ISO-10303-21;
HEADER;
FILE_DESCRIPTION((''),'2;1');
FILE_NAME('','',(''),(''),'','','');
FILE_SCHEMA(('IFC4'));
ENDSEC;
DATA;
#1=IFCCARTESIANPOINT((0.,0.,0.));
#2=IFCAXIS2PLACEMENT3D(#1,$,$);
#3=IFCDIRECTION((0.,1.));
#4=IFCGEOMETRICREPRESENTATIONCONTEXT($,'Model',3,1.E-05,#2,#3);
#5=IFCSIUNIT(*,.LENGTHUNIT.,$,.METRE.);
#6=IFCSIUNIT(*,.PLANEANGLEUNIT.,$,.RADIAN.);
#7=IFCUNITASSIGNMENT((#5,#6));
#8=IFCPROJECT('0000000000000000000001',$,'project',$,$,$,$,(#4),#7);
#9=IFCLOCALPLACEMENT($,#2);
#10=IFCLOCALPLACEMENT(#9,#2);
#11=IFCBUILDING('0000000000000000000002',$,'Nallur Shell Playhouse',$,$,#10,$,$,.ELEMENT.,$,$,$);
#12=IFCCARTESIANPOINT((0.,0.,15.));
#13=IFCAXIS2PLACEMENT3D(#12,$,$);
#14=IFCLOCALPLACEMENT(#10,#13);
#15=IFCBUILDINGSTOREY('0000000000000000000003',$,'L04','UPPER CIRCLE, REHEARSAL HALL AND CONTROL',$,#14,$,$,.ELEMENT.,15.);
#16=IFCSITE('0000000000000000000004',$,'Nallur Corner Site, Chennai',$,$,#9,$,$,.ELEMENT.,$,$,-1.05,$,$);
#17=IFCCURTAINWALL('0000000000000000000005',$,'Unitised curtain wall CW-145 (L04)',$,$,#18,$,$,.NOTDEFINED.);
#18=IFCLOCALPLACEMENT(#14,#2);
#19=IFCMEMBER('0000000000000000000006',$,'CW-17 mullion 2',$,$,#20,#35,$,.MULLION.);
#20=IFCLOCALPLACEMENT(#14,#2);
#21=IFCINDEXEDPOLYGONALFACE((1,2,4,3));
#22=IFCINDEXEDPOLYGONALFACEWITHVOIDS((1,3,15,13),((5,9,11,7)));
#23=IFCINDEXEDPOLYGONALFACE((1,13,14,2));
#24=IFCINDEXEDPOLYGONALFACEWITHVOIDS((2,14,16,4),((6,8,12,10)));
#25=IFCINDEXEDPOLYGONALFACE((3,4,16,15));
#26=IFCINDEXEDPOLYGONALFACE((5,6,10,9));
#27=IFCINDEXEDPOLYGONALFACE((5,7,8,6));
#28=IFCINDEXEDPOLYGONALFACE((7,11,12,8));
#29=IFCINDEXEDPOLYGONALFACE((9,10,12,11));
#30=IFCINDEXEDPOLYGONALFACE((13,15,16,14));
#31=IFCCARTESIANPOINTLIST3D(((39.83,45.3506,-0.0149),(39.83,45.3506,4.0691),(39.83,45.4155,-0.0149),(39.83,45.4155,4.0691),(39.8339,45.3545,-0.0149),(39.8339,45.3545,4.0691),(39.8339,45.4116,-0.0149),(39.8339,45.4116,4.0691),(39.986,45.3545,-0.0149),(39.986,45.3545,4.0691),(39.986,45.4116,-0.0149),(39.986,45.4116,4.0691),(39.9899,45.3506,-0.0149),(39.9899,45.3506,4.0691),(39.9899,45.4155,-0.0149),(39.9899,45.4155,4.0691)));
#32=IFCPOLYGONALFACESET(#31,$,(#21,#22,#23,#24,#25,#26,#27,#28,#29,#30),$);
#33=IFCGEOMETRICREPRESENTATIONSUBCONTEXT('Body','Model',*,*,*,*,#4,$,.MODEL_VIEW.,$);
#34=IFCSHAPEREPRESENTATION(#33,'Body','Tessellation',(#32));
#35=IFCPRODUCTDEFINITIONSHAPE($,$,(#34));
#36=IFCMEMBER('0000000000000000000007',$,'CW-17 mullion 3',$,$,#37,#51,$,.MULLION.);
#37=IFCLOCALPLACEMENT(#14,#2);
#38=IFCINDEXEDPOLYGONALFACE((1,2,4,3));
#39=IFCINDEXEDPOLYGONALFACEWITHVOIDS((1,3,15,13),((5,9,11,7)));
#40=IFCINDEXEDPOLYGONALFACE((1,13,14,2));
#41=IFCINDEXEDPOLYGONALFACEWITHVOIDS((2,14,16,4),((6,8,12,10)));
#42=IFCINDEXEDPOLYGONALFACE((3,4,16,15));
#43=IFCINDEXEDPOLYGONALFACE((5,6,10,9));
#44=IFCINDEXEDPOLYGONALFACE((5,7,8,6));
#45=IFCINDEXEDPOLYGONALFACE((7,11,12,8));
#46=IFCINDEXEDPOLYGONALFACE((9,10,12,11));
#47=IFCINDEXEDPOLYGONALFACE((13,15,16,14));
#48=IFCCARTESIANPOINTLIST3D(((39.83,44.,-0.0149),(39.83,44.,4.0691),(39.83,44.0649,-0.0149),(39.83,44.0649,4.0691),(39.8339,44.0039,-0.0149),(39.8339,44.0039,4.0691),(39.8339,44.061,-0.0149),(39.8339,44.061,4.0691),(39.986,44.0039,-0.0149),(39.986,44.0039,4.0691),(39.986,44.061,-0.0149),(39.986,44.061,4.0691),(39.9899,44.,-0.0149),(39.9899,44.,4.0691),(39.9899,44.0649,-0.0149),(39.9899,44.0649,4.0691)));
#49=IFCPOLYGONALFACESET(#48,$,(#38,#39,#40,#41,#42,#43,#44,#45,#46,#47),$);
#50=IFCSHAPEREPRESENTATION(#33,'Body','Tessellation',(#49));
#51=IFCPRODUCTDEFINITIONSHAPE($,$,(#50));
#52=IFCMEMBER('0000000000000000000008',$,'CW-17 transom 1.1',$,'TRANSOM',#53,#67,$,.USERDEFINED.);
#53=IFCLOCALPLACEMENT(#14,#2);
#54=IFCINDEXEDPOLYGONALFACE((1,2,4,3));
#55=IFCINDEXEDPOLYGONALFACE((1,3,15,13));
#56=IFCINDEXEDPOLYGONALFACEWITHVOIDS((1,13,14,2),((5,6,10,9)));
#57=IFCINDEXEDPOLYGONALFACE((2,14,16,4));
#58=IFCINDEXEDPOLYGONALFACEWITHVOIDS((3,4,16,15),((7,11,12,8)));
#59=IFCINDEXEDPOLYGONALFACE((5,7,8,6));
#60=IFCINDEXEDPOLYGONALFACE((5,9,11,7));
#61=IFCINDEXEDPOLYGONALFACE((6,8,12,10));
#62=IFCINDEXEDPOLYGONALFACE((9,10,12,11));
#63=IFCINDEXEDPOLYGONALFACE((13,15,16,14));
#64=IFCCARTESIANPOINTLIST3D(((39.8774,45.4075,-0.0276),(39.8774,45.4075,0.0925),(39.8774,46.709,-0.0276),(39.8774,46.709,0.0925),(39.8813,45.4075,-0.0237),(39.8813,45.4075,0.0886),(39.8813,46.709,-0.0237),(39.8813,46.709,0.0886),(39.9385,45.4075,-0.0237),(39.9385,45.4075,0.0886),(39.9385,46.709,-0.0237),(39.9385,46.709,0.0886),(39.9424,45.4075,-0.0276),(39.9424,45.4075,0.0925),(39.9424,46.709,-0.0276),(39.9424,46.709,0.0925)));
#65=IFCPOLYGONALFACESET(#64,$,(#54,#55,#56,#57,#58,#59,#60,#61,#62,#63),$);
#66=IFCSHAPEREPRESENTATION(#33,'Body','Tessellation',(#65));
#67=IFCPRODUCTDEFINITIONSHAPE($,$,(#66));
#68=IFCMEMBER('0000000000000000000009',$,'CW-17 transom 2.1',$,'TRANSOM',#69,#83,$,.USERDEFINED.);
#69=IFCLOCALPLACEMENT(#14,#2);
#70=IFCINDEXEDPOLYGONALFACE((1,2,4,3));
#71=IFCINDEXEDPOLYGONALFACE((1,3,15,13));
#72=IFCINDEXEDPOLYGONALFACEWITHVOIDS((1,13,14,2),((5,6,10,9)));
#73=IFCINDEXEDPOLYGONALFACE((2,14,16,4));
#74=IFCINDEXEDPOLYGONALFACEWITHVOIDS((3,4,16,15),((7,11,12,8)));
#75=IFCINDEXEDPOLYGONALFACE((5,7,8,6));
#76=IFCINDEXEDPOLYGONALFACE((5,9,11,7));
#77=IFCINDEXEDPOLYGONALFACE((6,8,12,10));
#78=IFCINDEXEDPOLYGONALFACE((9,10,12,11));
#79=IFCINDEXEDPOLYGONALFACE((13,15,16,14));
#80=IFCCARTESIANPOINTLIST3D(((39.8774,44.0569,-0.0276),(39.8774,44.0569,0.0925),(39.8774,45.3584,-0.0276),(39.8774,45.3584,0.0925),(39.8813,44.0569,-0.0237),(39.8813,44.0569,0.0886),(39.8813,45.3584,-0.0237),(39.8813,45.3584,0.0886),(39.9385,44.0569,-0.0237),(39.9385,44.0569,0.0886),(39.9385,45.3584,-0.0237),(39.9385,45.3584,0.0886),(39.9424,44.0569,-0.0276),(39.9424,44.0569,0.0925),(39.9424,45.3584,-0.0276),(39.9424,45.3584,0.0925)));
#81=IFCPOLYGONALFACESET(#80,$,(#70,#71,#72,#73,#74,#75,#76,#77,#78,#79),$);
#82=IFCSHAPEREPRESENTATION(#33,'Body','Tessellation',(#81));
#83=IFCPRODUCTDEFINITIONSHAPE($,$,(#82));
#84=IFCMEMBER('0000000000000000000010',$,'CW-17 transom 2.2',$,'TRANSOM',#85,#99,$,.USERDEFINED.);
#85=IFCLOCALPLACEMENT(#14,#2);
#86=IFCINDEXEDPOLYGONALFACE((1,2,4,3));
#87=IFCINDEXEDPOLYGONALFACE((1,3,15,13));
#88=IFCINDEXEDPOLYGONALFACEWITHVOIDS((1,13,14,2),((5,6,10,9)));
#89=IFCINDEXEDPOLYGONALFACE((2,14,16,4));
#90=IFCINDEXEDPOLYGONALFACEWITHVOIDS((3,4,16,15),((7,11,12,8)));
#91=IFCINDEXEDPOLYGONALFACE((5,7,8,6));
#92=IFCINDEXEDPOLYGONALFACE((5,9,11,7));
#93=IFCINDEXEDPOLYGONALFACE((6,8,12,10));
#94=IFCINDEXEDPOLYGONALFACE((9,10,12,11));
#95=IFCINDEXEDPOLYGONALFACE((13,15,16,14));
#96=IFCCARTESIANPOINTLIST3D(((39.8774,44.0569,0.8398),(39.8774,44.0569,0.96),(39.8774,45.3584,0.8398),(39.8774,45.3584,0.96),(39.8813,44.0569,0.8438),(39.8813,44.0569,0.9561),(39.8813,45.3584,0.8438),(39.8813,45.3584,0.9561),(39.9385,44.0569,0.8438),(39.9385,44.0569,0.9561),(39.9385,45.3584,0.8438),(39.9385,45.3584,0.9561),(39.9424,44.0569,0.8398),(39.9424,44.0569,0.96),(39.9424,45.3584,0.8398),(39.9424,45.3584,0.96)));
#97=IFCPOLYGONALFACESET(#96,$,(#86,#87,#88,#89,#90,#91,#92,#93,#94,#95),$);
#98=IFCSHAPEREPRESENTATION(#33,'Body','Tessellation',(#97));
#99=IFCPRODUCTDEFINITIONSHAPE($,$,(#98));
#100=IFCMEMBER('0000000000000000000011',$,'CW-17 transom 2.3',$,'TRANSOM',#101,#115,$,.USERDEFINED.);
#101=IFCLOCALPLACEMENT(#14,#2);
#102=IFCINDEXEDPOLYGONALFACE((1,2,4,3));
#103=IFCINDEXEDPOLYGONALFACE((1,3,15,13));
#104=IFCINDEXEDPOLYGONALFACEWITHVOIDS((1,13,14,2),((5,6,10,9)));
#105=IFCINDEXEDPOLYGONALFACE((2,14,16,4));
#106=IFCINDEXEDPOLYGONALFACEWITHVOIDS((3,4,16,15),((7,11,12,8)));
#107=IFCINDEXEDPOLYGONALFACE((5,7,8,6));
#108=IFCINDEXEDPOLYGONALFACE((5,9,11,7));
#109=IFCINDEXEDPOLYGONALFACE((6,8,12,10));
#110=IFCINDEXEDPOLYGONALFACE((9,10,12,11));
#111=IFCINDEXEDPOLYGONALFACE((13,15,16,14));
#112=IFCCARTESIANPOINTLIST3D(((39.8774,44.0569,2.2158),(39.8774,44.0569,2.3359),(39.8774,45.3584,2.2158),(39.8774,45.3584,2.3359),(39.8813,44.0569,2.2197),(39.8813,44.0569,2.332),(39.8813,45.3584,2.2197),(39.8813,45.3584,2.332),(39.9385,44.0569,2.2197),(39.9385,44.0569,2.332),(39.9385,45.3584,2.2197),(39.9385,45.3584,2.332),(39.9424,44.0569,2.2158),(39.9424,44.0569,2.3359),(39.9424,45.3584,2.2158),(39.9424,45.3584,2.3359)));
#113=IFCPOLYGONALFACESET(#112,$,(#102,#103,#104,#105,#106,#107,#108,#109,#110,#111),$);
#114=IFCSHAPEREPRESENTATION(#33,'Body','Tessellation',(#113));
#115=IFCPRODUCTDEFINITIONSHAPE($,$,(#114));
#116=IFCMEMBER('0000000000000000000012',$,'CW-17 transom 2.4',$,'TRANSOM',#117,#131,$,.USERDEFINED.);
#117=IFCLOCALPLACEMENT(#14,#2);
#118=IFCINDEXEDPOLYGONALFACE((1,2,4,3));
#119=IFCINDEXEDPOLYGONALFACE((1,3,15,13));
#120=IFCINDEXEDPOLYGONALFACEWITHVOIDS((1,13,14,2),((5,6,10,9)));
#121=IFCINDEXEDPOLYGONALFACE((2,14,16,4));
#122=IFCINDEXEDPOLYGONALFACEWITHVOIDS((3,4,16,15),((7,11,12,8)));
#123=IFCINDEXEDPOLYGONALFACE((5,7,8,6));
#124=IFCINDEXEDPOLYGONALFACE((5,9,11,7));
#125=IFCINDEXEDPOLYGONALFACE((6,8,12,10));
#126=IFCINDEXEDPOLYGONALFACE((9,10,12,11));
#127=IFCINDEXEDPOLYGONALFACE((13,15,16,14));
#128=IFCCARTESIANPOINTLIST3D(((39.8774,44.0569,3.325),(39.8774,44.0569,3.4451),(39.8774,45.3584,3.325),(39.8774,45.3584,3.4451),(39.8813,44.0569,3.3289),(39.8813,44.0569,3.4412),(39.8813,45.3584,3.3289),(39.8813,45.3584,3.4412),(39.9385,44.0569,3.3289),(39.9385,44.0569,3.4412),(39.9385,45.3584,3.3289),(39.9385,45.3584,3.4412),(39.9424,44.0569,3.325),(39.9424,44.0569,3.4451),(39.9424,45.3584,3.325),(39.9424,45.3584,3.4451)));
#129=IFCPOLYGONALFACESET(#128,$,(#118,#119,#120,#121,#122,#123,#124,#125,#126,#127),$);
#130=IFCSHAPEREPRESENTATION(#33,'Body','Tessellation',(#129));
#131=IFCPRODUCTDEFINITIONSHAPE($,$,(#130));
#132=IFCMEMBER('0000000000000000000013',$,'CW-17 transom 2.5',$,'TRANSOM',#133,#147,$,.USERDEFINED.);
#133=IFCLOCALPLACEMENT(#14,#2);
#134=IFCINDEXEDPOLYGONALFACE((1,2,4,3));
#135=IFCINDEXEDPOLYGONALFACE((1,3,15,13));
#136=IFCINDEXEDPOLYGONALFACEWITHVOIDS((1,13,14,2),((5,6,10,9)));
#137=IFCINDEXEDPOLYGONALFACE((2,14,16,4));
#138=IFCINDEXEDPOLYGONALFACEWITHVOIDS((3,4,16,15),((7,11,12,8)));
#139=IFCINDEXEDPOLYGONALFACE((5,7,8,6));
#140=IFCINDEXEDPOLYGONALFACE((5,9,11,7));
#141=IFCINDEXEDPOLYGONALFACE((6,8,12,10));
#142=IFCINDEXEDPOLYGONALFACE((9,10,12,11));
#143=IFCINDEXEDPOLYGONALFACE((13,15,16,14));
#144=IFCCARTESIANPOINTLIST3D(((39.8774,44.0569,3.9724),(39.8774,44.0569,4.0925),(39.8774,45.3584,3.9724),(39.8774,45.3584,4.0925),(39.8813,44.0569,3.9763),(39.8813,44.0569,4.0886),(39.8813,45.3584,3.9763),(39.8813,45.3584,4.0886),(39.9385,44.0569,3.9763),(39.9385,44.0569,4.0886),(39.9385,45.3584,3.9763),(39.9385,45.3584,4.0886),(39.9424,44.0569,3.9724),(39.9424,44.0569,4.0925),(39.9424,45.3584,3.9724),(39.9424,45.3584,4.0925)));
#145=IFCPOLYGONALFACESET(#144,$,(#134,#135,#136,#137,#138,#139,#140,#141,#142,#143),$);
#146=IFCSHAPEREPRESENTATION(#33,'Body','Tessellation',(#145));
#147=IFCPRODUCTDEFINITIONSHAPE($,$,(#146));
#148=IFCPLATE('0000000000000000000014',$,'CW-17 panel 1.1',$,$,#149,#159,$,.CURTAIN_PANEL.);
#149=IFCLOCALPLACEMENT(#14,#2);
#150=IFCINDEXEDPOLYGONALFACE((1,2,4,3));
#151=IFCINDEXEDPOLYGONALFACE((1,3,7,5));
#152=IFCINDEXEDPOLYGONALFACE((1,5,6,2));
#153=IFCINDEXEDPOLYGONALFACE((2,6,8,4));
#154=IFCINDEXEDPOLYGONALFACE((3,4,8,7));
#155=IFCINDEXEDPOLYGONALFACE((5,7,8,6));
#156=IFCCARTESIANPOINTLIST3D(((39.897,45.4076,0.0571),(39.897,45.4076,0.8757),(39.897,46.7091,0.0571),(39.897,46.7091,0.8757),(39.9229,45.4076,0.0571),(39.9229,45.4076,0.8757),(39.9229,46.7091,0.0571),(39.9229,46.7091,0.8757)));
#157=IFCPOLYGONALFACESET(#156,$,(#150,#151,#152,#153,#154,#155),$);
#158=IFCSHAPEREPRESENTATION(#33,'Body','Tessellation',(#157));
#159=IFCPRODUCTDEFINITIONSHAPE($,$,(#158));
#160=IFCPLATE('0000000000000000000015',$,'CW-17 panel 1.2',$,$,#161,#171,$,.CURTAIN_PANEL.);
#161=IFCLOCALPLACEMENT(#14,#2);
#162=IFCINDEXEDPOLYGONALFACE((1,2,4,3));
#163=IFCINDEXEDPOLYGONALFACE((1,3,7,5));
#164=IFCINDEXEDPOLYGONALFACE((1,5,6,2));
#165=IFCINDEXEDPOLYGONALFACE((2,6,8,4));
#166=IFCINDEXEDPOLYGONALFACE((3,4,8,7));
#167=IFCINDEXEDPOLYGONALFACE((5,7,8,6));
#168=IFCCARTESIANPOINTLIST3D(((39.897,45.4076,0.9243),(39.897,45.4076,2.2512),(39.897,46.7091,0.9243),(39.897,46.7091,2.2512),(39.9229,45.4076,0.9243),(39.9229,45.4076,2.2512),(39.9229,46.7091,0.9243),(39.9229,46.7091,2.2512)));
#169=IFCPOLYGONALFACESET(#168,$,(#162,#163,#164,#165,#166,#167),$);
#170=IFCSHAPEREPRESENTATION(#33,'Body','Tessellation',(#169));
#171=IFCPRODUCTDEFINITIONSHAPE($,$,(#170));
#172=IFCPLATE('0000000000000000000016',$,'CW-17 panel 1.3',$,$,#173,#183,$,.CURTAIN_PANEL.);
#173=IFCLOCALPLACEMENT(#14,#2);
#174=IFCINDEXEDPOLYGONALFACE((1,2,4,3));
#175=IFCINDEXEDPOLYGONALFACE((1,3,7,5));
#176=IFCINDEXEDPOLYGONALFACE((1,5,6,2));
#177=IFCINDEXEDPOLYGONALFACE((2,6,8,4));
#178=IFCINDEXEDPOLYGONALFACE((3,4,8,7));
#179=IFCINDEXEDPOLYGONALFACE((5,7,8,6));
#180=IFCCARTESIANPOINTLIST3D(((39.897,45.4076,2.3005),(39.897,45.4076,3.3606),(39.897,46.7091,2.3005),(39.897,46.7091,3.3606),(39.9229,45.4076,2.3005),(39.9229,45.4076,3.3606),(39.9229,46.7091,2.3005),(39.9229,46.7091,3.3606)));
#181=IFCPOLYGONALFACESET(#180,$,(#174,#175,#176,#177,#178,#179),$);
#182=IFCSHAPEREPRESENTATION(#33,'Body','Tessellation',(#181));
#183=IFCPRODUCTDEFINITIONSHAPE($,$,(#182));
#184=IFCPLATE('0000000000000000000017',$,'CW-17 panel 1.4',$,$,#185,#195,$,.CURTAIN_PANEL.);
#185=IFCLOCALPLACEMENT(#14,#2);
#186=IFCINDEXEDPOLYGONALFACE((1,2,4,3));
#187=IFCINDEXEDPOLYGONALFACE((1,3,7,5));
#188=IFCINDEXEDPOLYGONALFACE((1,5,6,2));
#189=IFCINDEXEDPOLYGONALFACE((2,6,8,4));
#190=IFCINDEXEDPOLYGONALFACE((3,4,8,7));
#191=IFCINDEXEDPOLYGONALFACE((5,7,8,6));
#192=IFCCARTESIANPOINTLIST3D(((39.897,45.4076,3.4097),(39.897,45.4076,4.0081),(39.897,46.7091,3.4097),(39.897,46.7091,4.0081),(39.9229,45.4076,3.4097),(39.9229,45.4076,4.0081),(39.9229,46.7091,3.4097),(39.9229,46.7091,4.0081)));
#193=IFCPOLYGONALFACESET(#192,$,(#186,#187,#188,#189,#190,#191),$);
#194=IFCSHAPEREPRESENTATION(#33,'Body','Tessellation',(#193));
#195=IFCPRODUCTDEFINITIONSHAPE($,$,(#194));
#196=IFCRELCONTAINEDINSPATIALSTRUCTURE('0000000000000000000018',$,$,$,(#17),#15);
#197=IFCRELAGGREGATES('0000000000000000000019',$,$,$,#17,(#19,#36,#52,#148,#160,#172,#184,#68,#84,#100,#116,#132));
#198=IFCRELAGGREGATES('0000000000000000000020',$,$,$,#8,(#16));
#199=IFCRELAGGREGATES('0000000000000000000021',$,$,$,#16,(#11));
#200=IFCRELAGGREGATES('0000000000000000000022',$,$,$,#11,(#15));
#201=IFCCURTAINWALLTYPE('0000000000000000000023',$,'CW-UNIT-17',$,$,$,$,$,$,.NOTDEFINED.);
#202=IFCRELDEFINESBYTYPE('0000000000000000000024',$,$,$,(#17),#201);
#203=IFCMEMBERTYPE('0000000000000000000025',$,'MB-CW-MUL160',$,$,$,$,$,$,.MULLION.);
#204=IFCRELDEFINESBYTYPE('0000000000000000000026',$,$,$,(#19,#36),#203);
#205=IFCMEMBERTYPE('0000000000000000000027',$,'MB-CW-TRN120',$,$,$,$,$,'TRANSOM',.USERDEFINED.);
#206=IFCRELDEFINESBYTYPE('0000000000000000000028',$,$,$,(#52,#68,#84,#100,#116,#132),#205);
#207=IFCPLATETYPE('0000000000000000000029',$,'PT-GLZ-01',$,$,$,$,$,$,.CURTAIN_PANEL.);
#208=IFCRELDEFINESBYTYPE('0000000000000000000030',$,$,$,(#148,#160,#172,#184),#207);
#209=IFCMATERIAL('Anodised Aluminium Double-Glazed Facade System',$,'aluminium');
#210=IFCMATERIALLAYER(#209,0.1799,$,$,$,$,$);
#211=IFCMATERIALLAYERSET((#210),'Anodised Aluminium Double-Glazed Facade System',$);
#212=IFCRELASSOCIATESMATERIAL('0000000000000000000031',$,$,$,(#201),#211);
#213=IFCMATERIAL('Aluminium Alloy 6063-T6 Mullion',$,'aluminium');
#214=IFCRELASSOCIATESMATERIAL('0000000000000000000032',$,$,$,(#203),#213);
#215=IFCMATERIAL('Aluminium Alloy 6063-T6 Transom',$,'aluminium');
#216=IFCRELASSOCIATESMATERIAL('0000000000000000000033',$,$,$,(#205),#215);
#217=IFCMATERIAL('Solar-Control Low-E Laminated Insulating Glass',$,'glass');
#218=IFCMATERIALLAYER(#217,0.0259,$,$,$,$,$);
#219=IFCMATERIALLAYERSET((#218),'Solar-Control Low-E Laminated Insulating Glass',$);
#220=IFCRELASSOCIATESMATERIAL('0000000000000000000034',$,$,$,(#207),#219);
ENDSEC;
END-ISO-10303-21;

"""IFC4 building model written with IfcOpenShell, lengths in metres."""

from ifc_helpers import new_model, si_unit, direction, frame, origin, origin_2d, place, context, subcontext, project, spatial, rectangle, hollow_rectangle, extrude, material, layer, layer_set, material_profile, profile_set, type_object, element, aggregate, save


model = new_model("IFC4")

# Units and contexts
model_context = context("Model", 3, precision=1e-05, world=origin(), true_north=direction((0.0, 1.0)))
body_context = subcontext(model_context, "Body", "Model", "MODEL_VIEW")
ifc_project = project(units=[si_unit("LENGTHUNIT", "METRE"), si_unit("PLANEANGLEUNIT", "RADIAN")], contexts=[model_context])

# Site, building, storey
site_placement = place(None, origin())
site = spatial("IfcSite", under=ifc_project, at=site_placement, Name="Nallur Corner Site, Chennai", CompositionType="ELEMENT", RefElevation=-1.05)
building_placement = place(site_placement, origin())
building = spatial("IfcBuilding", under=site, at=building_placement, Name="Nallur Shell Playhouse", CompositionType="ELEMENT")
storey_placement = place(building_placement, frame((0.0, 0.0, 15.0)))
storey = spatial("IfcBuildingStorey", under=building, at=storey_placement, Name="L04", Description="UPPER CIRCLE, REHEARSAL HALL AND CONTROL", CompositionType="ELEMENT", Elevation=15.0)

# Curtain wall, members, plates
ifc_material_1 = material(Name="Anodised Aluminium Double-Glazed Facade System", Category="aluminium")
ifc_layer_1 = layer(ifc_material_1, 0.1799)
ifc_layer_set_1 = layer_set([ifc_layer_1], Name="Anodised Aluminium Double-Glazed Facade System")
curtain_wall_type = type_object("IfcCurtainWallType", Name="CW-UNIT-17", PredefinedType="NOTDEFINED", material=ifc_layer_set_1)
curtain_wall_placement = place(storey_placement, origin())
curtain_wall = element("IfcCurtainWall", 1, at=curtain_wall_placement, inside=storey, type_object=curtain_wall_type, Name="Unitised curtain wall CW-145 (L04)", PredefinedType="NOTDEFINED")
ifc_material_2 = material(Name="Aluminium Alloy 6063-T6 Mullion", Category="aluminium")
ifc_material_profile_1 = material_profile(ifc_material_2, hollow_rectangle(XDim=0.0649, YDim=0.1599, WallThickness=0.0039, at=origin_2d()), Name="ALU 65x160x4")
ifc_profile_set_1 = profile_set([ifc_material_profile_1], Name="Aluminium Alloy 6063-T6 Mullion")
member_type_1 = type_object("IfcMemberType", Name="MB-CW-MUL160", PredefinedType="MULLION", material=ifc_profile_set_1)
member_1_placement = place(storey_placement, frame((39.9099, 45.3831, -0.0149), z_axis=(0.0, 0.0, 1.0), x_axis=(0.0, -1.0, 0.0)))
member_1 = element("IfcMember", 2, at=member_1_placement, type_object=member_type_1, Name="CW-17 mullion 2", PredefinedType="MULLION", context=body_context, shape_type="SweptSolid", body=[
    extrude(hollow_rectangle(XDim=0.0649, YDim=0.1599, WallThickness=0.0039, at=origin_2d()), origin(), (0.0, 0.0, 1.0), 4.084),
])
member_2_placement = place(storey_placement, frame((39.9099, 44.0325, -0.0149), z_axis=(0.0, 0.0, 1.0), x_axis=(0.0, -1.0, 0.0)))
member_2 = element("IfcMember", 3, at=member_2_placement, type_object=member_type_1, Name="CW-17 mullion 3", PredefinedType="MULLION", context=body_context, shape_type="SweptSolid", body=[
    extrude(hollow_rectangle(XDim=0.0649, YDim=0.1599, WallThickness=0.0039, at=origin_2d()), origin(), (0.0, 0.0, 1.0), 4.084),
])
ifc_material_3 = material(Name="Aluminium Alloy 6063-T6 Transom", Category="aluminium")
ifc_material_profile_2 = material_profile(ifc_material_3, hollow_rectangle(XDim=0.0649, YDim=0.1201, WallThickness=0.0039, at=origin_2d()), Name="ALU 65x120x4")
ifc_profile_set_2 = profile_set([ifc_material_profile_2], Name="Aluminium Alloy 6063-T6 Transom")
member_type_2 = type_object("IfcMemberType", Name="MB-CW-TRN120", ElementType="TRANSOM", PredefinedType="USERDEFINED", material=ifc_profile_set_2)
member_3_placement = place(storey_placement, frame((39.9099, 46.709, 0.0325), z_axis=(0.0, -1.0, 0.0), x_axis=(1.0, 0.0, 0.0)))
member_3 = element("IfcMember", 4, at=member_3_placement, type_object=member_type_2, Name="CW-17 transom 1.1", ObjectType="TRANSOM", PredefinedType="USERDEFINED", context=body_context, shape_type="SweptSolid", body=[
    extrude(hollow_rectangle(XDim=0.0649, YDim=0.1201, WallThickness=0.0039, at=origin_2d()), origin(), (0.0, 0.0, 1.0), 1.3015),
])
member_4_placement = place(storey_placement, frame((39.9099, 45.3584, 0.0325), z_axis=(0.0, -1.0, 0.0), x_axis=(1.0, 0.0, 0.0)))
member_4 = element("IfcMember", 5, at=member_4_placement, type_object=member_type_2, Name="CW-17 transom 2.1", ObjectType="TRANSOM", PredefinedType="USERDEFINED", context=body_context, shape_type="SweptSolid", body=[
    extrude(hollow_rectangle(XDim=0.0649, YDim=0.1201, WallThickness=0.0039, at=origin_2d()), origin(), (0.0, 0.0, 1.0), 1.3015),
])
member_5_placement = place(storey_placement, frame((39.9099, 45.3584, 0.8999), z_axis=(0.0, -1.0, 0.0), x_axis=(1.0, 0.0, 0.0)))
member_5 = element("IfcMember", 6, at=member_5_placement, type_object=member_type_2, Name="CW-17 transom 2.2", ObjectType="TRANSOM", PredefinedType="USERDEFINED", context=body_context, shape_type="SweptSolid", body=[
    extrude(hollow_rectangle(XDim=0.0649, YDim=0.1201, WallThickness=0.0039, at=origin_2d()), origin(), (0.0, 0.0, 1.0), 1.3015),
])
member_6_placement = place(storey_placement, frame((39.9099, 45.3584, 2.2759), z_axis=(0.0, -1.0, 0.0), x_axis=(1.0, 0.0, 0.0)))
member_6 = element("IfcMember", 7, at=member_6_placement, type_object=member_type_2, Name="CW-17 transom 2.3", ObjectType="TRANSOM", PredefinedType="USERDEFINED", context=body_context, shape_type="SweptSolid", body=[
    extrude(hollow_rectangle(XDim=0.0649, YDim=0.1201, WallThickness=0.0039, at=origin_2d()), origin(), (0.0, 0.0, 1.0), 1.3015),
])
member_7_placement = place(storey_placement, frame((39.9099, 45.3584, 3.385), z_axis=(0.0, -1.0, 0.0), x_axis=(1.0, 0.0, 0.0)))
member_7 = element("IfcMember", 8, at=member_7_placement, type_object=member_type_2, Name="CW-17 transom 2.4", ObjectType="TRANSOM", PredefinedType="USERDEFINED", context=body_context, shape_type="SweptSolid", body=[
    extrude(hollow_rectangle(XDim=0.0649, YDim=0.1201, WallThickness=0.0039, at=origin_2d()), origin(), (0.0, 0.0, 1.0), 1.3015),
])
member_8_placement = place(storey_placement, frame((39.9099, 45.3584, 4.0325), z_axis=(0.0, -1.0, 0.0), x_axis=(1.0, 0.0, 0.0)))
member_8 = element("IfcMember", 9, at=member_8_placement, type_object=member_type_2, Name="CW-17 transom 2.5", ObjectType="TRANSOM", PredefinedType="USERDEFINED", context=body_context, shape_type="SweptSolid", body=[
    extrude(hollow_rectangle(XDim=0.0649, YDim=0.1201, WallThickness=0.0039, at=origin_2d()), origin(), (0.0, 0.0, 1.0), 1.3015),
])
ifc_material_4 = material(Name="Solar-Control Low-E Laminated Insulating Glass", Category="glass")
ifc_layer_2 = layer(ifc_material_4, 0.0259)
ifc_layer_set_2 = layer_set([ifc_layer_2], Name="Solar-Control Low-E Laminated Insulating Glass")
plate_type = type_object("IfcPlateType", Name="PT-GLZ-01", PredefinedType="CURTAIN_PANEL", material=ifc_layer_set_2)
plate_1_placement = place(storey_placement, frame((39.9099, 46.0583, 0.0571), z_axis=(0.0, 0.0, 1.0), x_axis=(0.0, -1.0, 0.0)))
plate_1 = element("IfcPlate", 10, at=plate_1_placement, type_object=plate_type, Name="CW-17 panel 1.1", PredefinedType="CURTAIN_PANEL", context=body_context, shape_type="SweptSolid", body=[
    extrude(rectangle(XDim=1.3015, YDim=0.0259, at=origin_2d()), origin(), (0.0, 0.0, 1.0), 0.8186),
])
plate_2_placement = place(storey_placement, frame((39.9099, 46.0583, 0.9243), z_axis=(0.0, 0.0, 1.0), x_axis=(0.0, -1.0, 0.0)))
plate_2 = element("IfcPlate", 11, at=plate_2_placement, type_object=plate_type, Name="CW-17 panel 1.2", PredefinedType="CURTAIN_PANEL", context=body_context, shape_type="SweptSolid", body=[
    extrude(rectangle(XDim=1.3015, YDim=0.0259, at=origin_2d()), origin(), (0.0, 0.0, 1.0), 1.3269),
])
plate_3_placement = place(storey_placement, frame((39.9099, 46.0583, 2.3005), z_axis=(0.0, 0.0, 1.0), x_axis=(0.0, -1.0, 0.0)))
plate_3 = element("IfcPlate", 12, at=plate_3_placement, type_object=plate_type, Name="CW-17 panel 1.3", PredefinedType="CURTAIN_PANEL", context=body_context, shape_type="SweptSolid", body=[
    extrude(rectangle(XDim=1.3015, YDim=0.0259, at=origin_2d()), origin(), (0.0, 0.0, 1.0), 1.0601),
])
plate_4_placement = place(storey_placement, frame((39.9099, 46.0583, 3.4097), z_axis=(0.0, 0.0, 1.0), x_axis=(0.0, -1.0, 0.0)))
plate_4 = element("IfcPlate", 13, at=plate_4_placement, type_object=plate_type, Name="CW-17 panel 1.4", PredefinedType="CURTAIN_PANEL", context=body_context, shape_type="SweptSolid", body=[
    extrude(rectangle(XDim=1.3015, YDim=0.0259, at=origin_2d()), origin(), (0.0, 0.0, 1.0), 0.5984),
])
aggregate(curtain_wall, [member_1, member_2, member_3, plate_1, plate_2, plate_3, plate_4, member_4, member_5, member_6, member_7, member_8])

save(model, "model.ifc")
